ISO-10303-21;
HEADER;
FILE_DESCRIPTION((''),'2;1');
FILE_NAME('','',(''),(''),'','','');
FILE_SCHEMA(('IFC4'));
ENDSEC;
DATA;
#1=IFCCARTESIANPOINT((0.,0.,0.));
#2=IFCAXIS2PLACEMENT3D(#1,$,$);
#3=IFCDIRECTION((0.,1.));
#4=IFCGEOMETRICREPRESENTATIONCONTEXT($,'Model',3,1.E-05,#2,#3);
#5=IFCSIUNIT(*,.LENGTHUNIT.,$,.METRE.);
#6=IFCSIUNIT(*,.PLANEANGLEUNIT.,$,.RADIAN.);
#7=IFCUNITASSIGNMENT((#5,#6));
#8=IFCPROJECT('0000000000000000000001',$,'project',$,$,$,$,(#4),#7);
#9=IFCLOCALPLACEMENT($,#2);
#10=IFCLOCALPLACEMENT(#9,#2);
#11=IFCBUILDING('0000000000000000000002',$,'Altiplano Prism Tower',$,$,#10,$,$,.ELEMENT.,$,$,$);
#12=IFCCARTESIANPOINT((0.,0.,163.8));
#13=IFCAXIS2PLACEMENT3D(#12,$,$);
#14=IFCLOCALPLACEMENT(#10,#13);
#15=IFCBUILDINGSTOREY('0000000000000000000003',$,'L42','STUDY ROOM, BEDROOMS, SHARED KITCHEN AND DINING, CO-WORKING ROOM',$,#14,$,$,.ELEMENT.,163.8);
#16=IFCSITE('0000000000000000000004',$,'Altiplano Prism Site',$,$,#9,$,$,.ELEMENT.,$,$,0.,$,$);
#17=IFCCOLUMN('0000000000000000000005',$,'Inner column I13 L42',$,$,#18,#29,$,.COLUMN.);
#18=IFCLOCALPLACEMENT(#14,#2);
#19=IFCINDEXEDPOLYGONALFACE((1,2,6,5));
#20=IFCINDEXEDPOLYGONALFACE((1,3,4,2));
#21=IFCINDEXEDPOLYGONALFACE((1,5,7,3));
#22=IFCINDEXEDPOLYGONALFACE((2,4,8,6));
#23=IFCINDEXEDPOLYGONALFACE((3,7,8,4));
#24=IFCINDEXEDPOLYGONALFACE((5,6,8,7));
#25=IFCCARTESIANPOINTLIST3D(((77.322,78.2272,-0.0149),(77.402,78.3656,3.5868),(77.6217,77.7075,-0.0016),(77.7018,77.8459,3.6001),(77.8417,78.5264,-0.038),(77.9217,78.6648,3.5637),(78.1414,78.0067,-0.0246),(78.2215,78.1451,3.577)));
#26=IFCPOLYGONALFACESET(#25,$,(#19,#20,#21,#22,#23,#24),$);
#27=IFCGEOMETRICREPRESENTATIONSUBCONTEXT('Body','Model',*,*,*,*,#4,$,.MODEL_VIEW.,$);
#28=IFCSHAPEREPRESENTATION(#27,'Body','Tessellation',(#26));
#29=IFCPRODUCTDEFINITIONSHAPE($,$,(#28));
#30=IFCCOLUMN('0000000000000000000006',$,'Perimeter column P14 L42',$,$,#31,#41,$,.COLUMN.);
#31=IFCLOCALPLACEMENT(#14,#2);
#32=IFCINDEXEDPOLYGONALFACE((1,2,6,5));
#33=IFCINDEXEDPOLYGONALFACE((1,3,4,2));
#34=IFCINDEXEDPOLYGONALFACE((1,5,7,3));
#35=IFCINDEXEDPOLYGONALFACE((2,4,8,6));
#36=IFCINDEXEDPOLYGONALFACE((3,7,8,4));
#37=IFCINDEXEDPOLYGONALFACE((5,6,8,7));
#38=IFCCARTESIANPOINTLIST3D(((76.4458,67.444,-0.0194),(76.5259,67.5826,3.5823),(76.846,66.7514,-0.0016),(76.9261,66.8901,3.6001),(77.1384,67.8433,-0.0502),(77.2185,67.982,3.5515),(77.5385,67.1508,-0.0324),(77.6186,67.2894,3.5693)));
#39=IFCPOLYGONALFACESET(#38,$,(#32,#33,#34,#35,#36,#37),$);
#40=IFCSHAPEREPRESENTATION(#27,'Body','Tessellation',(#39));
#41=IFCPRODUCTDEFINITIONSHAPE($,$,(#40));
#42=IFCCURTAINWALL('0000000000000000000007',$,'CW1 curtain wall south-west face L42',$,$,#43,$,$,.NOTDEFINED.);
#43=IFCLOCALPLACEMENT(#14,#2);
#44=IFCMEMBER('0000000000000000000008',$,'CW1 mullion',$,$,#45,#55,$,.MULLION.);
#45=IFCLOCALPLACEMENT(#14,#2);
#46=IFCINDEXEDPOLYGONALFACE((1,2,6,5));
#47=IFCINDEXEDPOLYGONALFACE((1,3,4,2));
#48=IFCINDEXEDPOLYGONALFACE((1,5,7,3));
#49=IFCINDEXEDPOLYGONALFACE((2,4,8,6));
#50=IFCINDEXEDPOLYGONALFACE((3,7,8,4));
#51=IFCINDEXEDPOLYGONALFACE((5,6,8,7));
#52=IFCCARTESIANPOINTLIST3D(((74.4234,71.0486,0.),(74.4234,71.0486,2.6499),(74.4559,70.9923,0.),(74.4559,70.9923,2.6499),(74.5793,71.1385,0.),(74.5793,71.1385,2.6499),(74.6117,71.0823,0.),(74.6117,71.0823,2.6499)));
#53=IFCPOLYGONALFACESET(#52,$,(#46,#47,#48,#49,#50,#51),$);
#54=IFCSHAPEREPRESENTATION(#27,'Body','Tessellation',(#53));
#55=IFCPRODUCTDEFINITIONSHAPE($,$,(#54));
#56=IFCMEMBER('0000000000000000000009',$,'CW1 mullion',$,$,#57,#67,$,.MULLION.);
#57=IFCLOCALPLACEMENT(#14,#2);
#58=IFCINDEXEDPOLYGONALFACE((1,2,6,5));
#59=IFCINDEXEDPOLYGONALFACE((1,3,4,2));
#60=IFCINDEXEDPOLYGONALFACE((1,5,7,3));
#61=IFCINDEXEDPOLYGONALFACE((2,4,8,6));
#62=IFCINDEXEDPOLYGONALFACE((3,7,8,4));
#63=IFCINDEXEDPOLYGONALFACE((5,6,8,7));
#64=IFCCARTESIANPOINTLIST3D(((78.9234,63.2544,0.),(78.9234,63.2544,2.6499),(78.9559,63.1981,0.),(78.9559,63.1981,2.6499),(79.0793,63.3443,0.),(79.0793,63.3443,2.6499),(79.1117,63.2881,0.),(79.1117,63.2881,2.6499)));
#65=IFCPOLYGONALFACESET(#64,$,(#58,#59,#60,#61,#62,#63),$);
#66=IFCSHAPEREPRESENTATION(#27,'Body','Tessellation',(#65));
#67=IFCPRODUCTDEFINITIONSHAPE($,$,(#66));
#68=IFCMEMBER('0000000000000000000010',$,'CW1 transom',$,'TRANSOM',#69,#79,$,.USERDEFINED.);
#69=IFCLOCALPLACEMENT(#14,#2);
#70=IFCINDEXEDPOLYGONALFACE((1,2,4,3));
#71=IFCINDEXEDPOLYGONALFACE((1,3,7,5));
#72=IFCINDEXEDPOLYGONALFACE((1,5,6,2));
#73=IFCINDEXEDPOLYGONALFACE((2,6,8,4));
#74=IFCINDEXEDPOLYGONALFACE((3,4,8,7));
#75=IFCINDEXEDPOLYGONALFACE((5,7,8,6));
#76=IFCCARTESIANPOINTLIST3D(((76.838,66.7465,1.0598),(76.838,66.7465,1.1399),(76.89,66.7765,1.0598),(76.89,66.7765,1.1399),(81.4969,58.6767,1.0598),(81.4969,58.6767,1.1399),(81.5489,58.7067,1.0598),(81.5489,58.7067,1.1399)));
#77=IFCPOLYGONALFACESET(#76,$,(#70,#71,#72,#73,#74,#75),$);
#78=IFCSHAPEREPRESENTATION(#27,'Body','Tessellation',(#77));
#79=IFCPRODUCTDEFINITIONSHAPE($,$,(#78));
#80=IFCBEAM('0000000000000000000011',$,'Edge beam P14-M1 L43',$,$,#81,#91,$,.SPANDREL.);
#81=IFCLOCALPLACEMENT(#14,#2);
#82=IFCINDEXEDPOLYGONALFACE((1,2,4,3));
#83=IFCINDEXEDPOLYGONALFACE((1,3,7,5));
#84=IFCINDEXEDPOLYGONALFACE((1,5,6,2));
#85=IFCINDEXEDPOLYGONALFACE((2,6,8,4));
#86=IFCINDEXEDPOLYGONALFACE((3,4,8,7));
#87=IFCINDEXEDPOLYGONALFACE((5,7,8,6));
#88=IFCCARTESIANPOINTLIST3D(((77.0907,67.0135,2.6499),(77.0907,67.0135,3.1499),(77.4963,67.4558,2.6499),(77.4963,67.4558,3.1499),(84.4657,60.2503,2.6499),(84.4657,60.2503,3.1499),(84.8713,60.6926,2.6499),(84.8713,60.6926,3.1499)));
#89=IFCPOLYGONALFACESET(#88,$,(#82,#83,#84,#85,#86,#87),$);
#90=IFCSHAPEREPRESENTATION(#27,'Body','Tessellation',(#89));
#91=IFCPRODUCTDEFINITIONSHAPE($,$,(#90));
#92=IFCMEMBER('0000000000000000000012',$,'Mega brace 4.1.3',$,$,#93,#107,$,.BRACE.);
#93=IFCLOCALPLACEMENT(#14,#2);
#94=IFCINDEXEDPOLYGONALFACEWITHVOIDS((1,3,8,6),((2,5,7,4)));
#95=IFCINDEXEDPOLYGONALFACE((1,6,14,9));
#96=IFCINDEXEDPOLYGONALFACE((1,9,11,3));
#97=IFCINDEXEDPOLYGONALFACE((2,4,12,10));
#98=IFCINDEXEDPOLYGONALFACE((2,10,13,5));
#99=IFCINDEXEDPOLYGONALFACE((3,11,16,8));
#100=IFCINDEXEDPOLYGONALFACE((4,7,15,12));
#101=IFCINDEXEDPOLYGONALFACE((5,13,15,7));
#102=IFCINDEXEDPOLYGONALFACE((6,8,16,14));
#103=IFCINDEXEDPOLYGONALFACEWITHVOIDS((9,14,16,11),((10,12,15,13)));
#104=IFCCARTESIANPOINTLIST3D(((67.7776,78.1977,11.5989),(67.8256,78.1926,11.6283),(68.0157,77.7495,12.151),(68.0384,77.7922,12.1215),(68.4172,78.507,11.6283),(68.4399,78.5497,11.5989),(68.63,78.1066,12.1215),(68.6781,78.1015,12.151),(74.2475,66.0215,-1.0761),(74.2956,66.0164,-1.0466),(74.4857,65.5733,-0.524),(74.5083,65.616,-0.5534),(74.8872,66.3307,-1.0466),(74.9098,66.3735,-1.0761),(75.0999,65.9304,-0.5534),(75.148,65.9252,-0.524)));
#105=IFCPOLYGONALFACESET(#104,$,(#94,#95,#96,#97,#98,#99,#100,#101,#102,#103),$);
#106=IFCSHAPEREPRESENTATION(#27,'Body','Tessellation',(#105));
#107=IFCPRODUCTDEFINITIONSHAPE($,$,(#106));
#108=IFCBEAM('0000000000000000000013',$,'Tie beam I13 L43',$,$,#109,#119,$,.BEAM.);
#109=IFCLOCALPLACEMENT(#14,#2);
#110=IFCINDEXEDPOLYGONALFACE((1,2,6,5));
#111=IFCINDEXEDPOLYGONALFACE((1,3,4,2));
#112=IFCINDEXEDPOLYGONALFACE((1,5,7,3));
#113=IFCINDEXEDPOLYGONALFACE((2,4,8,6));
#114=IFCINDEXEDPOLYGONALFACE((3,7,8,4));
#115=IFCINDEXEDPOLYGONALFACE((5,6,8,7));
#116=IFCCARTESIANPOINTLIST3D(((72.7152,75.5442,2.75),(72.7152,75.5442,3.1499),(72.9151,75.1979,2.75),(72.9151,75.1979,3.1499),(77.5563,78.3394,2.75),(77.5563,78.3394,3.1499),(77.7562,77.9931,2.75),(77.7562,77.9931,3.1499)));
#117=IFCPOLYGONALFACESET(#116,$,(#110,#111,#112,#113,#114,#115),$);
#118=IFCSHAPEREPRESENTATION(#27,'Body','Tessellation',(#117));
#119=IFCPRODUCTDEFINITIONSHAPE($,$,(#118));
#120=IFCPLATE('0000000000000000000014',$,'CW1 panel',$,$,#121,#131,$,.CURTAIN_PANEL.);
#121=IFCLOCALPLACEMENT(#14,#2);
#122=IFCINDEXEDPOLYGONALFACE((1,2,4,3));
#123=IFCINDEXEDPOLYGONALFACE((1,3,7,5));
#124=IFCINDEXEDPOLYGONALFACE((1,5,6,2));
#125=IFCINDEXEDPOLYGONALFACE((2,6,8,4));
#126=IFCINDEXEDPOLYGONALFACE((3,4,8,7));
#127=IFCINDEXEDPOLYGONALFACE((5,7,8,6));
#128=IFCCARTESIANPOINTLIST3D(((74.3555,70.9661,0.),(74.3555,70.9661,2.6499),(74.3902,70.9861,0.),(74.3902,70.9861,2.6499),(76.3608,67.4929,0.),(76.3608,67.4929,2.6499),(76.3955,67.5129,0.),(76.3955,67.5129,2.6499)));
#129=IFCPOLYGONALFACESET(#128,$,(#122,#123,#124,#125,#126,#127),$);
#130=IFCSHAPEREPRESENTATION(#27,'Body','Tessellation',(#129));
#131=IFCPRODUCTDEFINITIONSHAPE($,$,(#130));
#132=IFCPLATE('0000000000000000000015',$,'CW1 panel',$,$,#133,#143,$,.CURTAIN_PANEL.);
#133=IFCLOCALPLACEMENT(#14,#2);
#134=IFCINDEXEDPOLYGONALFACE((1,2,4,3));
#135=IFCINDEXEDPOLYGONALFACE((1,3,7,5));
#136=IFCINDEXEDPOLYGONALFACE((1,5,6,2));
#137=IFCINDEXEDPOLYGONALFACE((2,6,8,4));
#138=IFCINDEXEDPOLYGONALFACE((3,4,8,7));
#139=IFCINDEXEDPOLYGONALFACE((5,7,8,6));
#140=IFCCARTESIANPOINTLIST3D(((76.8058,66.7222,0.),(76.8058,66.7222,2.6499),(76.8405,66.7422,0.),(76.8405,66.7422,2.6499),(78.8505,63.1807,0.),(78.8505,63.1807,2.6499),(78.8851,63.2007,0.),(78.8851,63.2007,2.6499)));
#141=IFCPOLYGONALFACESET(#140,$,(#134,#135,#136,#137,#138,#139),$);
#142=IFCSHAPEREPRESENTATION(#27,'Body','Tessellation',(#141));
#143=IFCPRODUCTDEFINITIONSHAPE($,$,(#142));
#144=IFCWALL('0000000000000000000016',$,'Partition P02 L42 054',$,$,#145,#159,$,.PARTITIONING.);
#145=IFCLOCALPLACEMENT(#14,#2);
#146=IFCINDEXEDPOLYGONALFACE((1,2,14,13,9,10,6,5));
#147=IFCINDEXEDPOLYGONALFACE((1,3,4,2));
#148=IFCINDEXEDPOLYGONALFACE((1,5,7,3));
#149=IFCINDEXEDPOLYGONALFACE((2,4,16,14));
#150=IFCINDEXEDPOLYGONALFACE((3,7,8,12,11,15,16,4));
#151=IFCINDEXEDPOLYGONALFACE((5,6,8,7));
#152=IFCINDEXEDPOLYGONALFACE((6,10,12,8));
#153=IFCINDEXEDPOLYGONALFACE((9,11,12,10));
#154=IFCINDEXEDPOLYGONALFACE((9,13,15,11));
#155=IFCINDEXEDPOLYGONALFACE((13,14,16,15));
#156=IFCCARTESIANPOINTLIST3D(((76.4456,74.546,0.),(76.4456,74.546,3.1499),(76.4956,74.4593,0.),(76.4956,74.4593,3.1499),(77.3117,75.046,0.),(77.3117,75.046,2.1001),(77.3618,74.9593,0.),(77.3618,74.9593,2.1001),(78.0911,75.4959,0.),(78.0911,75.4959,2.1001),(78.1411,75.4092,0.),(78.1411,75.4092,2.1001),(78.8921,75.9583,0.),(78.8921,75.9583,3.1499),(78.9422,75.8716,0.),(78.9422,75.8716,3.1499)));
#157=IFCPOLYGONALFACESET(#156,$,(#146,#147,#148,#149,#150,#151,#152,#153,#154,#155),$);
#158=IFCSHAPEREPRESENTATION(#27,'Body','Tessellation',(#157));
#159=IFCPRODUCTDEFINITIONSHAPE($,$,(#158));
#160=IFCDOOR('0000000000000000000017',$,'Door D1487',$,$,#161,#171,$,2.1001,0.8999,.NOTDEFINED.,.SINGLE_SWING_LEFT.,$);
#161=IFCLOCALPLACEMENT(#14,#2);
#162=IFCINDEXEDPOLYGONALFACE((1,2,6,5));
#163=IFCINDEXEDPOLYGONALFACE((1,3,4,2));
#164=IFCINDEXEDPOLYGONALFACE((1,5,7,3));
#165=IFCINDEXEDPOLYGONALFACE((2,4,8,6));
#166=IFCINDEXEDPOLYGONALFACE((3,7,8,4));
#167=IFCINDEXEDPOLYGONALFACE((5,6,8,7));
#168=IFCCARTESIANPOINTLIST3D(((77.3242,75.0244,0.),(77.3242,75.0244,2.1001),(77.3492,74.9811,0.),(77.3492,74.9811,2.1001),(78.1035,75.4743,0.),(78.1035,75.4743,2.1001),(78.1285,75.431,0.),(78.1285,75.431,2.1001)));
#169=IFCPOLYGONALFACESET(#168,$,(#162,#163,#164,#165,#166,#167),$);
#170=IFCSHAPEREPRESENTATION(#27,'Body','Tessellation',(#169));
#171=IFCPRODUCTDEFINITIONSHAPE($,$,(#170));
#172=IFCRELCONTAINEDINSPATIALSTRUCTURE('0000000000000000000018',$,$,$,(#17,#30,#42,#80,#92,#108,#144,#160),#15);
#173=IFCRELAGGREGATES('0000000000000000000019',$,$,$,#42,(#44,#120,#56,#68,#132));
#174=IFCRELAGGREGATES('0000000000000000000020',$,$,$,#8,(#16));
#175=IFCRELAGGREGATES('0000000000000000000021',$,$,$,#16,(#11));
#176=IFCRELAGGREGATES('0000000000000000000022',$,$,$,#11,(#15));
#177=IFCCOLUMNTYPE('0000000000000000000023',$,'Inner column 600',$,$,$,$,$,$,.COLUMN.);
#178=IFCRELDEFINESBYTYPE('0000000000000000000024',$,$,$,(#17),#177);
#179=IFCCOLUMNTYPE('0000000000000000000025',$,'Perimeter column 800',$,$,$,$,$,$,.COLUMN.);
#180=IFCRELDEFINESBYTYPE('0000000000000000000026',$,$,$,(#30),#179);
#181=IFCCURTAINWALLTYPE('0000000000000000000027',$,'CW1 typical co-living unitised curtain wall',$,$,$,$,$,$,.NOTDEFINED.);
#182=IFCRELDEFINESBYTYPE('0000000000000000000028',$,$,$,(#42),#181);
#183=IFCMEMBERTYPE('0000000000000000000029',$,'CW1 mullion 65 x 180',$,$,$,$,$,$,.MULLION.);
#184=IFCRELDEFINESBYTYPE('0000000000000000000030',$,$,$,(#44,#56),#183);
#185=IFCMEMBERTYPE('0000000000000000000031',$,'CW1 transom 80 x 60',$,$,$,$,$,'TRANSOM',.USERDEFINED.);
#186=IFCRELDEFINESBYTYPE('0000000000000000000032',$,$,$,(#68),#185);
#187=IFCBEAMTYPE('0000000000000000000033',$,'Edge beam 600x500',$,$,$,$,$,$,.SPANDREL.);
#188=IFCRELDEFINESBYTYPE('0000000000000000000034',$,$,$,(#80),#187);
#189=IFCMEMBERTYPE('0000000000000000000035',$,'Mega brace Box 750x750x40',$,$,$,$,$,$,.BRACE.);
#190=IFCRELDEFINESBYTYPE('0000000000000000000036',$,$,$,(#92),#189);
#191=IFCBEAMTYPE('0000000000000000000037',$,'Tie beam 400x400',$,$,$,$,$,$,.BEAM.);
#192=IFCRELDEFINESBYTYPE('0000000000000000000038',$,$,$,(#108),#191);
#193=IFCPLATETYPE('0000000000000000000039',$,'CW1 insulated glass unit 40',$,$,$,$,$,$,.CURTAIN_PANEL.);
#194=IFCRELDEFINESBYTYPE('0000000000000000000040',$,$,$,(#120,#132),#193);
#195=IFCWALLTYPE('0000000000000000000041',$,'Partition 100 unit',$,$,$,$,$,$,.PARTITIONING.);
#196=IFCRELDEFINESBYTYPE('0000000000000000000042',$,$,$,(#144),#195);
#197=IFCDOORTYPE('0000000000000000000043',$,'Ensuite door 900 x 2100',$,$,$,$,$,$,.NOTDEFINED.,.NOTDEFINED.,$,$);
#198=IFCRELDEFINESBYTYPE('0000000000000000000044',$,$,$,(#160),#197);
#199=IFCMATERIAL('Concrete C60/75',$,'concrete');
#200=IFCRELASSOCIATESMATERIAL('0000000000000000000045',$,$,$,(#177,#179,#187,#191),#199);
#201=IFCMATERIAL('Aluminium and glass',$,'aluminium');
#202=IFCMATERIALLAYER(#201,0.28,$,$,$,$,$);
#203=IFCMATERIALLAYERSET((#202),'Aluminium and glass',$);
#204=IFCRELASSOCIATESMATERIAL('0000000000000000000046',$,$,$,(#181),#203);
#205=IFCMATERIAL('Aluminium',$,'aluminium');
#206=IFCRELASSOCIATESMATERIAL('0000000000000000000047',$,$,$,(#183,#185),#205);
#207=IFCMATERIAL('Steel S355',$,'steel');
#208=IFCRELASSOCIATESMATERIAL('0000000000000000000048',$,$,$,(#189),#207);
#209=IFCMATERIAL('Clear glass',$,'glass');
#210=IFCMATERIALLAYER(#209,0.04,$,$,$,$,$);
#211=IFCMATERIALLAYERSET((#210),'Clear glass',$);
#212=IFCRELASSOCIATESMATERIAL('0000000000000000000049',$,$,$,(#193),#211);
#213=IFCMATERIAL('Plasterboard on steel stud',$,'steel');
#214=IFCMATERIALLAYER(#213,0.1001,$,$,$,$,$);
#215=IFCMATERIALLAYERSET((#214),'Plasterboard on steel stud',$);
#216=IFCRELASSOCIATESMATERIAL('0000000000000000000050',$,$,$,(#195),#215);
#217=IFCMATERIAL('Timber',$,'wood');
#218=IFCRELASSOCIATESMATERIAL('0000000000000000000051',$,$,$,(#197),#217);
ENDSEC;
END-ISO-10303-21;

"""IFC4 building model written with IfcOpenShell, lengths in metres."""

from ifc_helpers import new_model, si_unit, direction, frame, frame_2d, origin, origin_2d, place, context, subcontext, project, spatial, rectangle, hollow_rectangle, extrude, material, layer, layer_set, material_profile, profile_set, type_object, element, fill, aggregate, save


model = new_model("IFC4")

# Units and contexts
model_context = context("Model", 3, precision=1e-05, world=origin(), true_north=direction((0.0, 1.0)))
body_context = subcontext(model_context, "Body", "Model", "MODEL_VIEW")
ifc_project = project(units=[si_unit("LENGTHUNIT", "METRE"), si_unit("PLANEANGLEUNIT", "RADIAN")], contexts=[model_context])

# Site, building, storey
site_placement = place(None, origin())
site = spatial("IfcSite", under=ifc_project, at=site_placement, Name="Altiplano Prism Site", CompositionType="ELEMENT", RefElevation=0.0)
building_placement = place(site_placement, origin())
building = spatial("IfcBuilding", under=site, at=building_placement, Name="Altiplano Prism Tower", CompositionType="ELEMENT")
storey_placement = place(building_placement, frame((0.0, 0.0, 163.8)))
storey = spatial("IfcBuildingStorey", under=building, at=storey_placement, Name="L42", Description="STUDY ROOM, BEDROOMS, SHARED KITCHEN AND DINING, CO-WORKING ROOM", CompositionType="ELEMENT", Elevation=163.8)

# Columns
ifc_material_1 = material(Name="Concrete C60/75", Category="concrete")
ifc_material_profile_1 = material_profile(ifc_material_1, rectangle(XDim=0.6001, YDim=0.6001, at=origin_2d()), Name="Inner column 600")
ifc_profile_set_1 = profile_set([ifc_material_profile_1], Name="Concrete C60/75")
column_type_1 = type_object("IfcColumnType", Name="Inner column 600", PredefinedType="COLUMN", material=ifc_profile_set_1)
column_1_placement = place(storey_placement, frame((77.7317, 78.1169, -0.0198), z_axis=(0.022212, 0.038398, 0.999016), x_axis=(-0.866022, -0.498528, 0.038417)))
element("IfcColumn", 1, at=column_1_placement, inside=storey, type_object=column_type_1, Name="Inner column I13 L42", PredefinedType="COLUMN", context=body_context, shape_type="SweptSolid", body=[
    extrude(rectangle(XDim=0.6001, YDim=0.6001, at=origin_2d()), origin(), (0.0, 0.0, 1.0), 3.6052),
])
ifc_material_profile_2 = material_profile(ifc_material_1, rectangle(XDim=0.8, YDim=0.8, at=origin_2d()), Name="Perimeter column 800")
ifc_profile_set_2 = profile_set([ifc_material_profile_2], Name="Concrete C60/75")
column_type_2 = type_object("IfcColumnType", Name="Perimeter column 800", PredefinedType="COLUMN", material=ifc_profile_set_2)
column_2_placement = place(storey_placement, frame((76.9922, 67.2974, -0.0259), z_axis=(0.022212, 0.038465, 0.999013), x_axis=(-0.86564, -0.499187, 0.038467)))
element("IfcColumn", 2, at=column_2_placement, inside=storey, type_object=column_type_2, Name="Perimeter column P14 L42", PredefinedType="COLUMN", context=body_context, shape_type="SweptSolid", body=[
    extrude(rectangle(XDim=0.8, YDim=0.8, at=origin_2d()), origin(), (0.0, 0.0, 1.0), 3.6052),
])

# Curtain wall, members
ifc_material_2 = material(Name="Aluminium and glass", Category="aluminium")
ifc_layer_1 = layer(ifc_material_2, 0.28)
ifc_layer_set_1 = layer_set([ifc_layer_1], Name="Aluminium and glass")
curtain_wall_type = type_object("IfcCurtainWallType", Name="CW1 typical co-living unitised curtain wall", PredefinedType="NOTDEFINED", material=ifc_layer_set_1)
curtain_wall_placement = place(storey_placement, origin())
curtain_wall = element("IfcCurtainWall", 3, at=curtain_wall_placement, inside=storey, type_object=curtain_wall_type, Name="CW1 curtain wall south-west face L42", PredefinedType="NOTDEFINED")
ifc_material_3 = material(Name="Aluminium", Category="aluminium")
ifc_material_profile_3 = material_profile(ifc_material_3, rectangle(XDim=0.1799, YDim=0.0649, at=origin_2d()), Name="CW1 mullion 65 x 180")
ifc_profile_set_3 = profile_set([ifc_material_profile_3], Name="Aluminium")
member_type_1 = type_object("IfcMemberType", Name="CW1 mullion 65 x 180", PredefinedType="MULLION", material=ifc_profile_set_3)
member_1_placement = place(storey_placement, frame((74.5176, 71.0654, 0.0), z_axis=(0.0, 0.0, 1.0), x_axis=(0.866025, 0.5, 0.0)))
member_1 = element("IfcMember", 4, at=member_1_placement, type_object=member_type_1, Name="CW1 mullion", PredefinedType="MULLION", context=body_context, shape_type="SweptSolid", body=[
    extrude(rectangle(XDim=0.1799, YDim=0.0649, at=origin_2d()), origin(), (0.0, 0.0, 1.0), 2.6499),
])
member_2_placement = place(storey_placement, frame((79.0176, 63.2712, 0.0), z_axis=(0.0, 0.0, 1.0), x_axis=(0.866025, 0.5, 0.0)))
member_2 = element("IfcMember", 5, at=member_2_placement, type_object=member_type_1, Name="CW1 mullion", PredefinedType="MULLION", context=body_context, shape_type="SweptSolid", body=[
    extrude(rectangle(XDim=0.1799, YDim=0.0649, at=origin_2d()), origin(), (0.0, 0.0, 1.0), 2.6499),
])
ifc_material_profile_4 = material_profile(ifc_material_3, rectangle(XDim=0.0601, YDim=0.0801, at=origin_2d()), Name="CW1 transom 80 x 60")
ifc_profile_set_4 = profile_set([ifc_material_profile_4], Name="Aluminium")
member_type_2 = type_object("IfcMemberType", Name="CW1 transom 80 x 60", ElementType="TRANSOM", PredefinedType="USERDEFINED", material=ifc_profile_set_4)
member_3_placement = place(storey_placement, frame((76.864, 66.7615, 1.0999), z_axis=(0.499986, -0.866034, 0.0), x_axis=(0.866034, 0.499986, 0.0)))
member_3 = element("IfcMember", 6, at=member_3_placement, type_object=member_type_2, Name="CW1 transom", ObjectType="TRANSOM", PredefinedType="USERDEFINED", context=body_context, shape_type="SweptSolid", body=[
    extrude(rectangle(XDim=0.0601, YDim=0.0801, at=origin_2d()), origin(), (0.0, 0.0, 1.0), 9.3181),
])

# Beam
ifc_material_profile_5 = material_profile(ifc_material_1, rectangle(XDim=0.6001, YDim=0.5, at=origin_2d()), Name="Edge beam 600x500")
ifc_profile_set_5 = profile_set([ifc_material_profile_5], Name="Concrete C60/75")
beam_type_1 = type_object("IfcBeamType", Name="Edge beam 600x500", PredefinedType="SPANDREL", material=ifc_profile_set_5)
beam_1_placement = place(storey_placement, frame((77.2935, 67.2346, 2.8999), z_axis=(0.737016, -0.675875, 0.0), x_axis=(0.675875, 0.737016, 0.0)))
element("IfcBeam", 7, at=beam_1_placement, inside=storey, type_object=beam_type_1, Name="Edge beam P14-M1 L43", PredefinedType="SPANDREL", context=body_context, shape_type="SweptSolid", body=[
    extrude(rectangle(XDim=0.6001, YDim=0.5, at=origin_2d()), origin(), (0.0, 0.0, 1.0), 10.0066),
])

# Member
ifc_material_4 = material(Name="Steel S355", Category="steel")
ifc_material_profile_6 = material_profile(ifc_material_4, hollow_rectangle(XDim=0.75, YDim=0.75, WallThickness=0.04, at=origin_2d()), Name="Mega brace Box 750x750x40")
ifc_profile_set_6 = profile_set([ifc_material_profile_6], Name="Steel S355")
member_type_3 = type_object("IfcMemberType", Name="Mega brace Box 750x750x40", PredefinedType="BRACE", material=ifc_profile_set_6)
member_4_placement = place(storey_placement, frame((74.6978, 65.9734, -0.8), z_axis=(-0.34545, 0.650126, 0.676757), x_axis=(-0.883076, -0.46923, 0.0)))
element("IfcMember", 8, at=member_4_placement, inside=storey, type_object=member_type_3, Name="Mega brace 4.1.3", PredefinedType="BRACE", context=body_context, shape_type="SweptSolid", body=[
    extrude(hollow_rectangle(XDim=0.75, YDim=0.75, WallThickness=0.04, at=origin_2d()), origin(), (0.0, 0.0, 1.0), 18.729),
])

# Beam
ifc_material_profile_7 = material_profile(ifc_material_1, rectangle(XDim=0.3999, YDim=0.3999, at=origin_2d()), Name="Tie beam 400x400")
ifc_profile_set_7 = profile_set([ifc_material_profile_7], Name="Concrete C60/75")
beam_type_2 = type_object("IfcBeamType", Name="Tie beam 400x400", PredefinedType="BEAM", material=ifc_profile_set_7)
beam_2_placement = place(storey_placement, frame((77.6562, 78.1663, 2.95), z_axis=(-0.866012, -0.500024, 0.0), x_axis=(0.500024, -0.866012, 0.0)))
element("IfcBeam", 9, at=beam_2_placement, inside=storey, type_object=beam_type_2, Name="Tie beam I13 L43", PredefinedType="BEAM", context=body_context, shape_type="SweptSolid", body=[
    extrude(rectangle(XDim=0.3999, YDim=0.3999, at=origin_2d()), origin(), (0.0, 0.0, 1.0), 5.5901),
])

# Plates
ifc_material_5 = material(Name="Clear glass", Category="glass")
ifc_layer_2 = layer(ifc_material_5, 0.04)
ifc_layer_set_2 = layer_set([ifc_layer_2], Name="Clear glass")
plate_type = type_object("IfcPlateType", Name="CW1 insulated glass unit 40", PredefinedType="CURTAIN_PANEL", material=ifc_layer_set_2)
plate_1_placement = place(storey_placement, frame((75.3755, 69.2395, 0.0), z_axis=(0.0, 0.0, 1.0), x_axis=(0.5, -0.866025, 0.0)))
plate_1 = element("IfcPlate", 10, at=plate_1_placement, type_object=plate_type, Name="CW1 panel", PredefinedType="CURTAIN_PANEL", context=body_context, shape_type="SweptSolid", body=[
    extrude(rectangle(XDim=4.0105, YDim=0.04, at=origin_2d()), origin(), (0.0, 0.0, 1.0), 2.6499),
])
plate_2_placement = place(storey_placement, frame((77.8455, 64.9614, 0.0), z_axis=(0.0, 0.0, 1.0), x_axis=(0.5, -0.866025, 0.0)))
plate_2 = element("IfcPlate", 11, at=plate_2_placement, type_object=plate_type, Name="CW1 panel", PredefinedType="CURTAIN_PANEL", context=body_context, shape_type="SweptSolid", body=[
    extrude(rectangle(XDim=4.0894, YDim=0.04, at=origin_2d()), origin(), (0.0, 0.0, 1.0), 2.6499),
])
aggregate(curtain_wall, [member_1, plate_1, member_2, member_3, plate_2])

# Wall, opening, door
ifc_material_6 = material(Name="Plasterboard on steel stud", Category="steel")
ifc_layer_3 = layer(ifc_material_6, 0.1001)
ifc_layer_set_3 = layer_set([ifc_layer_3], Name="Plasterboard on steel stud")
wall_type_1 = type_object("IfcWallType", Name="Partition 100 unit", PredefinedType="PARTITIONING", material=ifc_layer_set_3)
wall_1_placement = place(storey_placement, frame((78.9172, 75.915, 0.0), z_axis=(0.0, 0.0, 1.0), x_axis=(-0.866049, -0.499959, 0.0)))
wall_1 = element("IfcWall", 12, at=wall_1_placement, inside=storey, type_object=wall_type_1, Name="Partition P02 L42 054", PredefinedType="PARTITIONING", context=body_context, shape_type="SweptSolid", body=[
    extrude(rectangle(XDim=2.825, YDim=0.1001, at=frame_2d((1.4126, 0.0))), origin(), (0.0, 0.0, 1.0), 3.1499),
])
opening_1_placement = place(wall_1_placement, frame((0.925, 0.0, 0.0)))
opening_1 = element("IfcOpeningElement", 13, at=opening_1_placement, cuts=wall_1, PredefinedType="OPENING", context=body_context, shape_type="SweptSolid", body=[
    extrude(rectangle(XDim=0.8999, YDim=2.1001, at=frame_2d((0.45, 1.05))), frame((0.0, 0.0605, 0.0), z_axis=(0.0, -1.0, 0.0), x_axis=(1.0, 0.0, 0.0)), (0.0, 0.0, 1.0), 0.1211),
])
ifc_material_7 = material(Name="Timber", Category="wood")
door_type = type_object("IfcDoorType", Name="Ensuite door 900 x 2100", OperationType="NOTDEFINED", PredefinedType="NOTDEFINED", material=ifc_material_7)
door_1_placement = place(opening_1_placement, origin())
door_1 = element("IfcDoor", 14, at=door_1_placement, inside=storey, type_object=door_type, Name="Door D1487", OperationType="SINGLE_SWING_LEFT", OverallHeight=2.1001, OverallWidth=0.8999, PredefinedType="NOTDEFINED", context=body_context, shape_type="SweptSolid", body=[
    extrude(rectangle(XDim=0.8999, YDim=2.1001, at=frame_2d((0.45, 1.05))), frame((0.0, 0.0249, 0.0), z_axis=(0.0, -1.0, 0.0), x_axis=(1.0, 0.0, 0.0)), (0.0, 0.0, 1.0), 0.05),
])
fill(opening_1, door_1)

save(model, "model.ifc")
